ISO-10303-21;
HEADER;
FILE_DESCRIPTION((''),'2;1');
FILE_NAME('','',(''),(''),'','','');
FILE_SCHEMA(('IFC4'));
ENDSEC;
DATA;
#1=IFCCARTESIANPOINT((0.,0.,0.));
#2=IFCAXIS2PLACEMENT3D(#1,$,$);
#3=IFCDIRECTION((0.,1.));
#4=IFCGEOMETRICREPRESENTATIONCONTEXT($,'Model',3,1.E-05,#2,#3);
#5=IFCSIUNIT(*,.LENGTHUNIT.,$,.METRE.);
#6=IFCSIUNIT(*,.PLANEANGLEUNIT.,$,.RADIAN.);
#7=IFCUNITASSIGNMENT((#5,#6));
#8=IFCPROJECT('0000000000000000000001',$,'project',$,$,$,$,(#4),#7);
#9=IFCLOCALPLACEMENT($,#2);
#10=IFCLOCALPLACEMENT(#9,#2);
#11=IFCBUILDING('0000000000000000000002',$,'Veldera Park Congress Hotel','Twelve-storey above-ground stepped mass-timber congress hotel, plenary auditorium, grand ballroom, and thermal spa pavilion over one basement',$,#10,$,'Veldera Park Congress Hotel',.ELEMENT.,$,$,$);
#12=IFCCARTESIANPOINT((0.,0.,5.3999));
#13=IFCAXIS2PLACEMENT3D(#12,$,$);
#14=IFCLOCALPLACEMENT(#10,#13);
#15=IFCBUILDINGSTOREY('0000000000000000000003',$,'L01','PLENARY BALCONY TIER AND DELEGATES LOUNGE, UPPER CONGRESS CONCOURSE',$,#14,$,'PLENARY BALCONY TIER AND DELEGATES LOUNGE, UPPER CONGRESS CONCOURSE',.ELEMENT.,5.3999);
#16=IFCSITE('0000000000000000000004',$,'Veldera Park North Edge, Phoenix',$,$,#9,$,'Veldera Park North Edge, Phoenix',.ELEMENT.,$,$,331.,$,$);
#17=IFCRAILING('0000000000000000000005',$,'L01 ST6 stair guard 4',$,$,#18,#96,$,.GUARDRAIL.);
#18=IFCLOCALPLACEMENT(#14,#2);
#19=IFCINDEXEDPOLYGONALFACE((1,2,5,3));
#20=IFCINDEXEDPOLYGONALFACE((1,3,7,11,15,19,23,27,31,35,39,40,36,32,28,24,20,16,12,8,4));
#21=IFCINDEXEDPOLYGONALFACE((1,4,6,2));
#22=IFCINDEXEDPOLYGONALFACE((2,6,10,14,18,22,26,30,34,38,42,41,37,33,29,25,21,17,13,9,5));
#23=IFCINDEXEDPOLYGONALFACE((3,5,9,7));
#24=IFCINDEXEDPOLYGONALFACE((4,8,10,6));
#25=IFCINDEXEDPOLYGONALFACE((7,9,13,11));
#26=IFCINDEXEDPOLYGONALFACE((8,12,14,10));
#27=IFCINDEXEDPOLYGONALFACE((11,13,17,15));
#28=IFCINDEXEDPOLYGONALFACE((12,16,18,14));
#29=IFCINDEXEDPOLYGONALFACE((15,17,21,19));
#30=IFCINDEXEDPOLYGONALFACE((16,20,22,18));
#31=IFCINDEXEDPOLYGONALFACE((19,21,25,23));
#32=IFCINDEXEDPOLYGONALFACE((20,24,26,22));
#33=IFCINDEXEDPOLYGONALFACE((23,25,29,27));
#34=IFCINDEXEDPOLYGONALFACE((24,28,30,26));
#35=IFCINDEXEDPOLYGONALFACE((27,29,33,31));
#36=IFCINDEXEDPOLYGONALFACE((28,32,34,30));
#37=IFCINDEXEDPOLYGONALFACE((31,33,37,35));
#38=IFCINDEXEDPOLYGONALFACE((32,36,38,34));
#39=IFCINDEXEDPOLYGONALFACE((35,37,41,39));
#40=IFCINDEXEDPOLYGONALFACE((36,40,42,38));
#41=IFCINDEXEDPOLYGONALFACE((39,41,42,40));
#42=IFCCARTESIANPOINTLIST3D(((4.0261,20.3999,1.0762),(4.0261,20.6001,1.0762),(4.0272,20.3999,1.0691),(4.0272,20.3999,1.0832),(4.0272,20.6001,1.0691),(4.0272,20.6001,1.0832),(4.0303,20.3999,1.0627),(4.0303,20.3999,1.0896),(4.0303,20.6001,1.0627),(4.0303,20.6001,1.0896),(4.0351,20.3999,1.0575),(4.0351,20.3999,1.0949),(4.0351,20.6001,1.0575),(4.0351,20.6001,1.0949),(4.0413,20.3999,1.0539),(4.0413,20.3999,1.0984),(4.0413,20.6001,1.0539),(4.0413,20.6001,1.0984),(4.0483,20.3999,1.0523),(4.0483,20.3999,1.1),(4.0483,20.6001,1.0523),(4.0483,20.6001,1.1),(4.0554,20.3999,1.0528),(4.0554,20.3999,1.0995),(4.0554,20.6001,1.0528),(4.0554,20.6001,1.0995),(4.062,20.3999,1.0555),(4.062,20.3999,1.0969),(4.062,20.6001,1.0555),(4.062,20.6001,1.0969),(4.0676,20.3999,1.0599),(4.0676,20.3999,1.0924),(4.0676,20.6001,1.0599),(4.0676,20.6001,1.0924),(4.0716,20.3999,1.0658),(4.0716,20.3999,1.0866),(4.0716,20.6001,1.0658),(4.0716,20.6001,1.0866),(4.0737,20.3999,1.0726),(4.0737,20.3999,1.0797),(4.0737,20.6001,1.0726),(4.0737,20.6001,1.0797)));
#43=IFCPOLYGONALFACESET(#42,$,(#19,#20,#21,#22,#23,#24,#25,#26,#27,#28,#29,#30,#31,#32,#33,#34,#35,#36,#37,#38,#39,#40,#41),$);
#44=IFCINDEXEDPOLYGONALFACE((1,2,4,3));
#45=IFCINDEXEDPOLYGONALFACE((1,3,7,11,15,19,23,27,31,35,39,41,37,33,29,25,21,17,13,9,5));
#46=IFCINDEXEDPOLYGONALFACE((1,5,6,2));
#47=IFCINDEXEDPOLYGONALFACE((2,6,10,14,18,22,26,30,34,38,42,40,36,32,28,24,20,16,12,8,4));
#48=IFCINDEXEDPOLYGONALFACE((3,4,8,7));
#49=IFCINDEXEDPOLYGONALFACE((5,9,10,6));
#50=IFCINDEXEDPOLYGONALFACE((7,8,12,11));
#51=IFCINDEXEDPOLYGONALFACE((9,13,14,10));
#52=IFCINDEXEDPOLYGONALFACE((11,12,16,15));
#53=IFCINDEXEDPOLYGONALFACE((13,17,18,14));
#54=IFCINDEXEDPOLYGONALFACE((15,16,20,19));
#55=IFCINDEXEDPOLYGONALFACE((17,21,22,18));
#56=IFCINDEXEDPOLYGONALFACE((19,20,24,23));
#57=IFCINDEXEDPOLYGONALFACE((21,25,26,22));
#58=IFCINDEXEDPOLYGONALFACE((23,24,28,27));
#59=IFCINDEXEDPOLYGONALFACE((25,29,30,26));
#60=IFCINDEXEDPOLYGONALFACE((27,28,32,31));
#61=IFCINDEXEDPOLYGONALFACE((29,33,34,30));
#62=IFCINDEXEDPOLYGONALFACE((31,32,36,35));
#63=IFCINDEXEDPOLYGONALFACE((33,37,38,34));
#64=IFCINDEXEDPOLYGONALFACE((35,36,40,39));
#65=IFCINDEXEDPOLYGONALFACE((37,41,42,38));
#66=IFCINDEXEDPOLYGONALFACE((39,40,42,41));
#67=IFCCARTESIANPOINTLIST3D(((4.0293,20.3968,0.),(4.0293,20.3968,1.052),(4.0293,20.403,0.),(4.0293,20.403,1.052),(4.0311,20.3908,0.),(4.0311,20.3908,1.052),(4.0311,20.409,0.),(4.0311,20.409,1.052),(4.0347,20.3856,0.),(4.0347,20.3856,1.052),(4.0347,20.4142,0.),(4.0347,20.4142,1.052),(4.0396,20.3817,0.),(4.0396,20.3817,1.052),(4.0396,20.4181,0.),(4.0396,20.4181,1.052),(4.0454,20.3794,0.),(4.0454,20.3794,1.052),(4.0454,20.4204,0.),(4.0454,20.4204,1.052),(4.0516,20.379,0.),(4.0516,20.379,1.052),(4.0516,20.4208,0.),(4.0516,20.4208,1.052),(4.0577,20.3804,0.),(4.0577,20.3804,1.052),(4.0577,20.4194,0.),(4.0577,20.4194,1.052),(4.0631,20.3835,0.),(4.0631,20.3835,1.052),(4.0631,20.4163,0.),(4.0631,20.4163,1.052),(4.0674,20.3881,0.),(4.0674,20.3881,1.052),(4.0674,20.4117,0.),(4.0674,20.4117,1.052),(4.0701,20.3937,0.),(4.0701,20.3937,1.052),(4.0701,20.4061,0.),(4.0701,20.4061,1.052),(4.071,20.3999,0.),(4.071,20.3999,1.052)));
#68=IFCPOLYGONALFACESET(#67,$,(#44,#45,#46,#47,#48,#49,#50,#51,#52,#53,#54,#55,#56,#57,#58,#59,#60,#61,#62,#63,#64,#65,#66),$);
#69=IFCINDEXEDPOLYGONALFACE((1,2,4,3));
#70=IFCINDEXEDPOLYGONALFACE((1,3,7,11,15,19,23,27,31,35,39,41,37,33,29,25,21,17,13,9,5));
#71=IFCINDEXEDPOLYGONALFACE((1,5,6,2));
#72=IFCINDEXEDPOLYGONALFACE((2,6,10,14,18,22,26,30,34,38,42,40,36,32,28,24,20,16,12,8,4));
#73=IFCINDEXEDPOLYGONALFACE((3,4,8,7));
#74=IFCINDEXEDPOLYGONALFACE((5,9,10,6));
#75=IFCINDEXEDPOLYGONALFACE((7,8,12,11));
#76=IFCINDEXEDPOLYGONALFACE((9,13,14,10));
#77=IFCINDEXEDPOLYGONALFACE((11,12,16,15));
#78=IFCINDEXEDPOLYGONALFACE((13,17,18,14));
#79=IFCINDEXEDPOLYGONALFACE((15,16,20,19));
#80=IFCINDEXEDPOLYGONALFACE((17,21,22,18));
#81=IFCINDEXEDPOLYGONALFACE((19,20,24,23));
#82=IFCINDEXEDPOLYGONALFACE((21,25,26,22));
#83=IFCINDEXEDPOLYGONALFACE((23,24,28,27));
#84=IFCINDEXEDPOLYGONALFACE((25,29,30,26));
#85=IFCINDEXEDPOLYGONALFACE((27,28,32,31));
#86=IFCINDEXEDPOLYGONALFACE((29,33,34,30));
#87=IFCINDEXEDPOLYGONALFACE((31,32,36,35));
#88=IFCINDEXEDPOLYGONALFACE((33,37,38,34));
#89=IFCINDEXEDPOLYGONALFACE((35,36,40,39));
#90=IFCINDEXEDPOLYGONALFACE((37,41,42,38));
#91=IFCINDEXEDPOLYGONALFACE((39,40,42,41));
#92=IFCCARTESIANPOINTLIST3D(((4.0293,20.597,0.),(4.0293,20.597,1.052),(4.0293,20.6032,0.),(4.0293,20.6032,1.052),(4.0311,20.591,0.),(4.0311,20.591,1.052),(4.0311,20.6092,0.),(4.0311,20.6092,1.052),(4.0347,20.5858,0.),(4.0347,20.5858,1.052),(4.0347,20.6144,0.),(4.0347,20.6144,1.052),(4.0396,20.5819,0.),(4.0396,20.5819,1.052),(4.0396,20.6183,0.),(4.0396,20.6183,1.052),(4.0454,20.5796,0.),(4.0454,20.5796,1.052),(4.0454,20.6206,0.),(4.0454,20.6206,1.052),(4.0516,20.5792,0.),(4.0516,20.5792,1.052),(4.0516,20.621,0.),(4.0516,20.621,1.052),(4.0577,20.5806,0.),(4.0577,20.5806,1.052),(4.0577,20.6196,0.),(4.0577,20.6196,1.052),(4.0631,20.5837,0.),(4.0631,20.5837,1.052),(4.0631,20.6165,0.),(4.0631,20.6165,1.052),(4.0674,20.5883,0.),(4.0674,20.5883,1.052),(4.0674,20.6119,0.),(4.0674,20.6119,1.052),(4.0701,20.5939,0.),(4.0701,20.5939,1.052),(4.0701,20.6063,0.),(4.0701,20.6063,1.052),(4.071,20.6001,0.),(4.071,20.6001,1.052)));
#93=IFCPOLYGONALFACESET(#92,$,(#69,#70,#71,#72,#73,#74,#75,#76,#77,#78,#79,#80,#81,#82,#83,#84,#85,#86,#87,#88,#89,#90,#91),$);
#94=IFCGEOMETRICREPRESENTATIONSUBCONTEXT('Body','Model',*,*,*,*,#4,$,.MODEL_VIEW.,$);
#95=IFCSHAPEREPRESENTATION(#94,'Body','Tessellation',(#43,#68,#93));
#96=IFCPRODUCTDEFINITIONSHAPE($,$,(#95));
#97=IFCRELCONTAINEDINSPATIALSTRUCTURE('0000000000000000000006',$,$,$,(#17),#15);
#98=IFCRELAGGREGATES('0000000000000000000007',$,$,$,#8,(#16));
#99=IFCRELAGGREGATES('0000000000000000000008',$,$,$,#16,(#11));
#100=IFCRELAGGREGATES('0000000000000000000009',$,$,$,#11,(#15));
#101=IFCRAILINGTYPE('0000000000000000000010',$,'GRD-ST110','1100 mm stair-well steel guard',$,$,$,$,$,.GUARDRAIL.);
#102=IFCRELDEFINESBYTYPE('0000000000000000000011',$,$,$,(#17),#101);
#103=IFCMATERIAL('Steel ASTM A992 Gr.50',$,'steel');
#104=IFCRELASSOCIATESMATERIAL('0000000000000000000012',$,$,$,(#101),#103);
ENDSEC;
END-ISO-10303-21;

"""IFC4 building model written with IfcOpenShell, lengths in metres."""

from ifc_helpers import new_model, si_unit, direction, frame, origin, origin_2d, place, context, subcontext, project, spatial, circle, extrude, material, type_object, element, save


model = new_model("IFC4")

# Units and contexts
model_context = context("Model", 3, precision=1e-05, world=origin(), true_north=direction((0.0, 1.0)))
body_context = subcontext(model_context, "Body", "Model", "MODEL_VIEW")
ifc_project = project(units=[si_unit("LENGTHUNIT", "METRE"), si_unit("PLANEANGLEUNIT", "RADIAN")], contexts=[model_context])

# Site, building, storey
site_placement = place(None, origin())
site = spatial("IfcSite", under=ifc_project, at=site_placement, Name="Veldera Park North Edge, Phoenix", LongName="Veldera Park North Edge, Phoenix", CompositionType="ELEMENT", RefElevation=331.0)
building_placement = place(site_placement, origin())
building = spatial("IfcBuilding", under=site, at=building_placement, Name="Veldera Park Congress Hotel", Description="Twelve-storey above-ground stepped mass-timber congress hotel, plenary auditorium, grand ballroom, and thermal spa pavilion over one basement", LongName="Veldera Park Congress Hotel", CompositionType="ELEMENT")
storey_placement = place(building_placement, frame((0.0, 0.0, 5.3999)))
storey = spatial("IfcBuildingStorey", under=building, at=storey_placement, Name="L01", Description="PLENARY BALCONY TIER AND DELEGATES LOUNGE, UPPER CONGRESS CONCOURSE", LongName="PLENARY BALCONY TIER AND DELEGATES LOUNGE, UPPER CONGRESS CONCOURSE", CompositionType="ELEMENT", Elevation=5.3999)

# Shared definitions
ifc_material_1 = material(Name="Steel ASTM A992 Gr.50", Category="steel")

# Railing
railing_type_1 = type_object("IfcRailingType", Name="GRD-ST110", Description="1100 mm stair-well steel guard", PredefinedType="GUARDRAIL", material=ifc_material_1)
railing_1_placement = place(storey_placement, frame((4.05, 20.3999, 0.0)))
element("IfcRailing", 1, at=railing_1_placement, inside=storey, type_object=railing_type_1, Name="L01 ST6 stair guard 4", PredefinedType="GUARDRAIL", context=body_context, shape_type="SweptSolid", body=[
    extrude(circle(Radius=0.0239, at=origin_2d()), frame((0.0, 0.0, 1.0762), z_axis=(0.0, 1.0, 0.0), x_axis=(-1.0, 0.0, 0.0)), (0.0, 0.0, 1.0), 0.2002),
    extrude(circle(Radius=0.021, at=origin_2d()), origin(), (0.0, 0.0, 1.0), 1.052),
    extrude(circle(Radius=0.021, at=origin_2d()), frame((0.0, 0.2002, 0.0)), (0.0, 0.0, 1.0), 1.052),
])

save(model, "model.ifc")
